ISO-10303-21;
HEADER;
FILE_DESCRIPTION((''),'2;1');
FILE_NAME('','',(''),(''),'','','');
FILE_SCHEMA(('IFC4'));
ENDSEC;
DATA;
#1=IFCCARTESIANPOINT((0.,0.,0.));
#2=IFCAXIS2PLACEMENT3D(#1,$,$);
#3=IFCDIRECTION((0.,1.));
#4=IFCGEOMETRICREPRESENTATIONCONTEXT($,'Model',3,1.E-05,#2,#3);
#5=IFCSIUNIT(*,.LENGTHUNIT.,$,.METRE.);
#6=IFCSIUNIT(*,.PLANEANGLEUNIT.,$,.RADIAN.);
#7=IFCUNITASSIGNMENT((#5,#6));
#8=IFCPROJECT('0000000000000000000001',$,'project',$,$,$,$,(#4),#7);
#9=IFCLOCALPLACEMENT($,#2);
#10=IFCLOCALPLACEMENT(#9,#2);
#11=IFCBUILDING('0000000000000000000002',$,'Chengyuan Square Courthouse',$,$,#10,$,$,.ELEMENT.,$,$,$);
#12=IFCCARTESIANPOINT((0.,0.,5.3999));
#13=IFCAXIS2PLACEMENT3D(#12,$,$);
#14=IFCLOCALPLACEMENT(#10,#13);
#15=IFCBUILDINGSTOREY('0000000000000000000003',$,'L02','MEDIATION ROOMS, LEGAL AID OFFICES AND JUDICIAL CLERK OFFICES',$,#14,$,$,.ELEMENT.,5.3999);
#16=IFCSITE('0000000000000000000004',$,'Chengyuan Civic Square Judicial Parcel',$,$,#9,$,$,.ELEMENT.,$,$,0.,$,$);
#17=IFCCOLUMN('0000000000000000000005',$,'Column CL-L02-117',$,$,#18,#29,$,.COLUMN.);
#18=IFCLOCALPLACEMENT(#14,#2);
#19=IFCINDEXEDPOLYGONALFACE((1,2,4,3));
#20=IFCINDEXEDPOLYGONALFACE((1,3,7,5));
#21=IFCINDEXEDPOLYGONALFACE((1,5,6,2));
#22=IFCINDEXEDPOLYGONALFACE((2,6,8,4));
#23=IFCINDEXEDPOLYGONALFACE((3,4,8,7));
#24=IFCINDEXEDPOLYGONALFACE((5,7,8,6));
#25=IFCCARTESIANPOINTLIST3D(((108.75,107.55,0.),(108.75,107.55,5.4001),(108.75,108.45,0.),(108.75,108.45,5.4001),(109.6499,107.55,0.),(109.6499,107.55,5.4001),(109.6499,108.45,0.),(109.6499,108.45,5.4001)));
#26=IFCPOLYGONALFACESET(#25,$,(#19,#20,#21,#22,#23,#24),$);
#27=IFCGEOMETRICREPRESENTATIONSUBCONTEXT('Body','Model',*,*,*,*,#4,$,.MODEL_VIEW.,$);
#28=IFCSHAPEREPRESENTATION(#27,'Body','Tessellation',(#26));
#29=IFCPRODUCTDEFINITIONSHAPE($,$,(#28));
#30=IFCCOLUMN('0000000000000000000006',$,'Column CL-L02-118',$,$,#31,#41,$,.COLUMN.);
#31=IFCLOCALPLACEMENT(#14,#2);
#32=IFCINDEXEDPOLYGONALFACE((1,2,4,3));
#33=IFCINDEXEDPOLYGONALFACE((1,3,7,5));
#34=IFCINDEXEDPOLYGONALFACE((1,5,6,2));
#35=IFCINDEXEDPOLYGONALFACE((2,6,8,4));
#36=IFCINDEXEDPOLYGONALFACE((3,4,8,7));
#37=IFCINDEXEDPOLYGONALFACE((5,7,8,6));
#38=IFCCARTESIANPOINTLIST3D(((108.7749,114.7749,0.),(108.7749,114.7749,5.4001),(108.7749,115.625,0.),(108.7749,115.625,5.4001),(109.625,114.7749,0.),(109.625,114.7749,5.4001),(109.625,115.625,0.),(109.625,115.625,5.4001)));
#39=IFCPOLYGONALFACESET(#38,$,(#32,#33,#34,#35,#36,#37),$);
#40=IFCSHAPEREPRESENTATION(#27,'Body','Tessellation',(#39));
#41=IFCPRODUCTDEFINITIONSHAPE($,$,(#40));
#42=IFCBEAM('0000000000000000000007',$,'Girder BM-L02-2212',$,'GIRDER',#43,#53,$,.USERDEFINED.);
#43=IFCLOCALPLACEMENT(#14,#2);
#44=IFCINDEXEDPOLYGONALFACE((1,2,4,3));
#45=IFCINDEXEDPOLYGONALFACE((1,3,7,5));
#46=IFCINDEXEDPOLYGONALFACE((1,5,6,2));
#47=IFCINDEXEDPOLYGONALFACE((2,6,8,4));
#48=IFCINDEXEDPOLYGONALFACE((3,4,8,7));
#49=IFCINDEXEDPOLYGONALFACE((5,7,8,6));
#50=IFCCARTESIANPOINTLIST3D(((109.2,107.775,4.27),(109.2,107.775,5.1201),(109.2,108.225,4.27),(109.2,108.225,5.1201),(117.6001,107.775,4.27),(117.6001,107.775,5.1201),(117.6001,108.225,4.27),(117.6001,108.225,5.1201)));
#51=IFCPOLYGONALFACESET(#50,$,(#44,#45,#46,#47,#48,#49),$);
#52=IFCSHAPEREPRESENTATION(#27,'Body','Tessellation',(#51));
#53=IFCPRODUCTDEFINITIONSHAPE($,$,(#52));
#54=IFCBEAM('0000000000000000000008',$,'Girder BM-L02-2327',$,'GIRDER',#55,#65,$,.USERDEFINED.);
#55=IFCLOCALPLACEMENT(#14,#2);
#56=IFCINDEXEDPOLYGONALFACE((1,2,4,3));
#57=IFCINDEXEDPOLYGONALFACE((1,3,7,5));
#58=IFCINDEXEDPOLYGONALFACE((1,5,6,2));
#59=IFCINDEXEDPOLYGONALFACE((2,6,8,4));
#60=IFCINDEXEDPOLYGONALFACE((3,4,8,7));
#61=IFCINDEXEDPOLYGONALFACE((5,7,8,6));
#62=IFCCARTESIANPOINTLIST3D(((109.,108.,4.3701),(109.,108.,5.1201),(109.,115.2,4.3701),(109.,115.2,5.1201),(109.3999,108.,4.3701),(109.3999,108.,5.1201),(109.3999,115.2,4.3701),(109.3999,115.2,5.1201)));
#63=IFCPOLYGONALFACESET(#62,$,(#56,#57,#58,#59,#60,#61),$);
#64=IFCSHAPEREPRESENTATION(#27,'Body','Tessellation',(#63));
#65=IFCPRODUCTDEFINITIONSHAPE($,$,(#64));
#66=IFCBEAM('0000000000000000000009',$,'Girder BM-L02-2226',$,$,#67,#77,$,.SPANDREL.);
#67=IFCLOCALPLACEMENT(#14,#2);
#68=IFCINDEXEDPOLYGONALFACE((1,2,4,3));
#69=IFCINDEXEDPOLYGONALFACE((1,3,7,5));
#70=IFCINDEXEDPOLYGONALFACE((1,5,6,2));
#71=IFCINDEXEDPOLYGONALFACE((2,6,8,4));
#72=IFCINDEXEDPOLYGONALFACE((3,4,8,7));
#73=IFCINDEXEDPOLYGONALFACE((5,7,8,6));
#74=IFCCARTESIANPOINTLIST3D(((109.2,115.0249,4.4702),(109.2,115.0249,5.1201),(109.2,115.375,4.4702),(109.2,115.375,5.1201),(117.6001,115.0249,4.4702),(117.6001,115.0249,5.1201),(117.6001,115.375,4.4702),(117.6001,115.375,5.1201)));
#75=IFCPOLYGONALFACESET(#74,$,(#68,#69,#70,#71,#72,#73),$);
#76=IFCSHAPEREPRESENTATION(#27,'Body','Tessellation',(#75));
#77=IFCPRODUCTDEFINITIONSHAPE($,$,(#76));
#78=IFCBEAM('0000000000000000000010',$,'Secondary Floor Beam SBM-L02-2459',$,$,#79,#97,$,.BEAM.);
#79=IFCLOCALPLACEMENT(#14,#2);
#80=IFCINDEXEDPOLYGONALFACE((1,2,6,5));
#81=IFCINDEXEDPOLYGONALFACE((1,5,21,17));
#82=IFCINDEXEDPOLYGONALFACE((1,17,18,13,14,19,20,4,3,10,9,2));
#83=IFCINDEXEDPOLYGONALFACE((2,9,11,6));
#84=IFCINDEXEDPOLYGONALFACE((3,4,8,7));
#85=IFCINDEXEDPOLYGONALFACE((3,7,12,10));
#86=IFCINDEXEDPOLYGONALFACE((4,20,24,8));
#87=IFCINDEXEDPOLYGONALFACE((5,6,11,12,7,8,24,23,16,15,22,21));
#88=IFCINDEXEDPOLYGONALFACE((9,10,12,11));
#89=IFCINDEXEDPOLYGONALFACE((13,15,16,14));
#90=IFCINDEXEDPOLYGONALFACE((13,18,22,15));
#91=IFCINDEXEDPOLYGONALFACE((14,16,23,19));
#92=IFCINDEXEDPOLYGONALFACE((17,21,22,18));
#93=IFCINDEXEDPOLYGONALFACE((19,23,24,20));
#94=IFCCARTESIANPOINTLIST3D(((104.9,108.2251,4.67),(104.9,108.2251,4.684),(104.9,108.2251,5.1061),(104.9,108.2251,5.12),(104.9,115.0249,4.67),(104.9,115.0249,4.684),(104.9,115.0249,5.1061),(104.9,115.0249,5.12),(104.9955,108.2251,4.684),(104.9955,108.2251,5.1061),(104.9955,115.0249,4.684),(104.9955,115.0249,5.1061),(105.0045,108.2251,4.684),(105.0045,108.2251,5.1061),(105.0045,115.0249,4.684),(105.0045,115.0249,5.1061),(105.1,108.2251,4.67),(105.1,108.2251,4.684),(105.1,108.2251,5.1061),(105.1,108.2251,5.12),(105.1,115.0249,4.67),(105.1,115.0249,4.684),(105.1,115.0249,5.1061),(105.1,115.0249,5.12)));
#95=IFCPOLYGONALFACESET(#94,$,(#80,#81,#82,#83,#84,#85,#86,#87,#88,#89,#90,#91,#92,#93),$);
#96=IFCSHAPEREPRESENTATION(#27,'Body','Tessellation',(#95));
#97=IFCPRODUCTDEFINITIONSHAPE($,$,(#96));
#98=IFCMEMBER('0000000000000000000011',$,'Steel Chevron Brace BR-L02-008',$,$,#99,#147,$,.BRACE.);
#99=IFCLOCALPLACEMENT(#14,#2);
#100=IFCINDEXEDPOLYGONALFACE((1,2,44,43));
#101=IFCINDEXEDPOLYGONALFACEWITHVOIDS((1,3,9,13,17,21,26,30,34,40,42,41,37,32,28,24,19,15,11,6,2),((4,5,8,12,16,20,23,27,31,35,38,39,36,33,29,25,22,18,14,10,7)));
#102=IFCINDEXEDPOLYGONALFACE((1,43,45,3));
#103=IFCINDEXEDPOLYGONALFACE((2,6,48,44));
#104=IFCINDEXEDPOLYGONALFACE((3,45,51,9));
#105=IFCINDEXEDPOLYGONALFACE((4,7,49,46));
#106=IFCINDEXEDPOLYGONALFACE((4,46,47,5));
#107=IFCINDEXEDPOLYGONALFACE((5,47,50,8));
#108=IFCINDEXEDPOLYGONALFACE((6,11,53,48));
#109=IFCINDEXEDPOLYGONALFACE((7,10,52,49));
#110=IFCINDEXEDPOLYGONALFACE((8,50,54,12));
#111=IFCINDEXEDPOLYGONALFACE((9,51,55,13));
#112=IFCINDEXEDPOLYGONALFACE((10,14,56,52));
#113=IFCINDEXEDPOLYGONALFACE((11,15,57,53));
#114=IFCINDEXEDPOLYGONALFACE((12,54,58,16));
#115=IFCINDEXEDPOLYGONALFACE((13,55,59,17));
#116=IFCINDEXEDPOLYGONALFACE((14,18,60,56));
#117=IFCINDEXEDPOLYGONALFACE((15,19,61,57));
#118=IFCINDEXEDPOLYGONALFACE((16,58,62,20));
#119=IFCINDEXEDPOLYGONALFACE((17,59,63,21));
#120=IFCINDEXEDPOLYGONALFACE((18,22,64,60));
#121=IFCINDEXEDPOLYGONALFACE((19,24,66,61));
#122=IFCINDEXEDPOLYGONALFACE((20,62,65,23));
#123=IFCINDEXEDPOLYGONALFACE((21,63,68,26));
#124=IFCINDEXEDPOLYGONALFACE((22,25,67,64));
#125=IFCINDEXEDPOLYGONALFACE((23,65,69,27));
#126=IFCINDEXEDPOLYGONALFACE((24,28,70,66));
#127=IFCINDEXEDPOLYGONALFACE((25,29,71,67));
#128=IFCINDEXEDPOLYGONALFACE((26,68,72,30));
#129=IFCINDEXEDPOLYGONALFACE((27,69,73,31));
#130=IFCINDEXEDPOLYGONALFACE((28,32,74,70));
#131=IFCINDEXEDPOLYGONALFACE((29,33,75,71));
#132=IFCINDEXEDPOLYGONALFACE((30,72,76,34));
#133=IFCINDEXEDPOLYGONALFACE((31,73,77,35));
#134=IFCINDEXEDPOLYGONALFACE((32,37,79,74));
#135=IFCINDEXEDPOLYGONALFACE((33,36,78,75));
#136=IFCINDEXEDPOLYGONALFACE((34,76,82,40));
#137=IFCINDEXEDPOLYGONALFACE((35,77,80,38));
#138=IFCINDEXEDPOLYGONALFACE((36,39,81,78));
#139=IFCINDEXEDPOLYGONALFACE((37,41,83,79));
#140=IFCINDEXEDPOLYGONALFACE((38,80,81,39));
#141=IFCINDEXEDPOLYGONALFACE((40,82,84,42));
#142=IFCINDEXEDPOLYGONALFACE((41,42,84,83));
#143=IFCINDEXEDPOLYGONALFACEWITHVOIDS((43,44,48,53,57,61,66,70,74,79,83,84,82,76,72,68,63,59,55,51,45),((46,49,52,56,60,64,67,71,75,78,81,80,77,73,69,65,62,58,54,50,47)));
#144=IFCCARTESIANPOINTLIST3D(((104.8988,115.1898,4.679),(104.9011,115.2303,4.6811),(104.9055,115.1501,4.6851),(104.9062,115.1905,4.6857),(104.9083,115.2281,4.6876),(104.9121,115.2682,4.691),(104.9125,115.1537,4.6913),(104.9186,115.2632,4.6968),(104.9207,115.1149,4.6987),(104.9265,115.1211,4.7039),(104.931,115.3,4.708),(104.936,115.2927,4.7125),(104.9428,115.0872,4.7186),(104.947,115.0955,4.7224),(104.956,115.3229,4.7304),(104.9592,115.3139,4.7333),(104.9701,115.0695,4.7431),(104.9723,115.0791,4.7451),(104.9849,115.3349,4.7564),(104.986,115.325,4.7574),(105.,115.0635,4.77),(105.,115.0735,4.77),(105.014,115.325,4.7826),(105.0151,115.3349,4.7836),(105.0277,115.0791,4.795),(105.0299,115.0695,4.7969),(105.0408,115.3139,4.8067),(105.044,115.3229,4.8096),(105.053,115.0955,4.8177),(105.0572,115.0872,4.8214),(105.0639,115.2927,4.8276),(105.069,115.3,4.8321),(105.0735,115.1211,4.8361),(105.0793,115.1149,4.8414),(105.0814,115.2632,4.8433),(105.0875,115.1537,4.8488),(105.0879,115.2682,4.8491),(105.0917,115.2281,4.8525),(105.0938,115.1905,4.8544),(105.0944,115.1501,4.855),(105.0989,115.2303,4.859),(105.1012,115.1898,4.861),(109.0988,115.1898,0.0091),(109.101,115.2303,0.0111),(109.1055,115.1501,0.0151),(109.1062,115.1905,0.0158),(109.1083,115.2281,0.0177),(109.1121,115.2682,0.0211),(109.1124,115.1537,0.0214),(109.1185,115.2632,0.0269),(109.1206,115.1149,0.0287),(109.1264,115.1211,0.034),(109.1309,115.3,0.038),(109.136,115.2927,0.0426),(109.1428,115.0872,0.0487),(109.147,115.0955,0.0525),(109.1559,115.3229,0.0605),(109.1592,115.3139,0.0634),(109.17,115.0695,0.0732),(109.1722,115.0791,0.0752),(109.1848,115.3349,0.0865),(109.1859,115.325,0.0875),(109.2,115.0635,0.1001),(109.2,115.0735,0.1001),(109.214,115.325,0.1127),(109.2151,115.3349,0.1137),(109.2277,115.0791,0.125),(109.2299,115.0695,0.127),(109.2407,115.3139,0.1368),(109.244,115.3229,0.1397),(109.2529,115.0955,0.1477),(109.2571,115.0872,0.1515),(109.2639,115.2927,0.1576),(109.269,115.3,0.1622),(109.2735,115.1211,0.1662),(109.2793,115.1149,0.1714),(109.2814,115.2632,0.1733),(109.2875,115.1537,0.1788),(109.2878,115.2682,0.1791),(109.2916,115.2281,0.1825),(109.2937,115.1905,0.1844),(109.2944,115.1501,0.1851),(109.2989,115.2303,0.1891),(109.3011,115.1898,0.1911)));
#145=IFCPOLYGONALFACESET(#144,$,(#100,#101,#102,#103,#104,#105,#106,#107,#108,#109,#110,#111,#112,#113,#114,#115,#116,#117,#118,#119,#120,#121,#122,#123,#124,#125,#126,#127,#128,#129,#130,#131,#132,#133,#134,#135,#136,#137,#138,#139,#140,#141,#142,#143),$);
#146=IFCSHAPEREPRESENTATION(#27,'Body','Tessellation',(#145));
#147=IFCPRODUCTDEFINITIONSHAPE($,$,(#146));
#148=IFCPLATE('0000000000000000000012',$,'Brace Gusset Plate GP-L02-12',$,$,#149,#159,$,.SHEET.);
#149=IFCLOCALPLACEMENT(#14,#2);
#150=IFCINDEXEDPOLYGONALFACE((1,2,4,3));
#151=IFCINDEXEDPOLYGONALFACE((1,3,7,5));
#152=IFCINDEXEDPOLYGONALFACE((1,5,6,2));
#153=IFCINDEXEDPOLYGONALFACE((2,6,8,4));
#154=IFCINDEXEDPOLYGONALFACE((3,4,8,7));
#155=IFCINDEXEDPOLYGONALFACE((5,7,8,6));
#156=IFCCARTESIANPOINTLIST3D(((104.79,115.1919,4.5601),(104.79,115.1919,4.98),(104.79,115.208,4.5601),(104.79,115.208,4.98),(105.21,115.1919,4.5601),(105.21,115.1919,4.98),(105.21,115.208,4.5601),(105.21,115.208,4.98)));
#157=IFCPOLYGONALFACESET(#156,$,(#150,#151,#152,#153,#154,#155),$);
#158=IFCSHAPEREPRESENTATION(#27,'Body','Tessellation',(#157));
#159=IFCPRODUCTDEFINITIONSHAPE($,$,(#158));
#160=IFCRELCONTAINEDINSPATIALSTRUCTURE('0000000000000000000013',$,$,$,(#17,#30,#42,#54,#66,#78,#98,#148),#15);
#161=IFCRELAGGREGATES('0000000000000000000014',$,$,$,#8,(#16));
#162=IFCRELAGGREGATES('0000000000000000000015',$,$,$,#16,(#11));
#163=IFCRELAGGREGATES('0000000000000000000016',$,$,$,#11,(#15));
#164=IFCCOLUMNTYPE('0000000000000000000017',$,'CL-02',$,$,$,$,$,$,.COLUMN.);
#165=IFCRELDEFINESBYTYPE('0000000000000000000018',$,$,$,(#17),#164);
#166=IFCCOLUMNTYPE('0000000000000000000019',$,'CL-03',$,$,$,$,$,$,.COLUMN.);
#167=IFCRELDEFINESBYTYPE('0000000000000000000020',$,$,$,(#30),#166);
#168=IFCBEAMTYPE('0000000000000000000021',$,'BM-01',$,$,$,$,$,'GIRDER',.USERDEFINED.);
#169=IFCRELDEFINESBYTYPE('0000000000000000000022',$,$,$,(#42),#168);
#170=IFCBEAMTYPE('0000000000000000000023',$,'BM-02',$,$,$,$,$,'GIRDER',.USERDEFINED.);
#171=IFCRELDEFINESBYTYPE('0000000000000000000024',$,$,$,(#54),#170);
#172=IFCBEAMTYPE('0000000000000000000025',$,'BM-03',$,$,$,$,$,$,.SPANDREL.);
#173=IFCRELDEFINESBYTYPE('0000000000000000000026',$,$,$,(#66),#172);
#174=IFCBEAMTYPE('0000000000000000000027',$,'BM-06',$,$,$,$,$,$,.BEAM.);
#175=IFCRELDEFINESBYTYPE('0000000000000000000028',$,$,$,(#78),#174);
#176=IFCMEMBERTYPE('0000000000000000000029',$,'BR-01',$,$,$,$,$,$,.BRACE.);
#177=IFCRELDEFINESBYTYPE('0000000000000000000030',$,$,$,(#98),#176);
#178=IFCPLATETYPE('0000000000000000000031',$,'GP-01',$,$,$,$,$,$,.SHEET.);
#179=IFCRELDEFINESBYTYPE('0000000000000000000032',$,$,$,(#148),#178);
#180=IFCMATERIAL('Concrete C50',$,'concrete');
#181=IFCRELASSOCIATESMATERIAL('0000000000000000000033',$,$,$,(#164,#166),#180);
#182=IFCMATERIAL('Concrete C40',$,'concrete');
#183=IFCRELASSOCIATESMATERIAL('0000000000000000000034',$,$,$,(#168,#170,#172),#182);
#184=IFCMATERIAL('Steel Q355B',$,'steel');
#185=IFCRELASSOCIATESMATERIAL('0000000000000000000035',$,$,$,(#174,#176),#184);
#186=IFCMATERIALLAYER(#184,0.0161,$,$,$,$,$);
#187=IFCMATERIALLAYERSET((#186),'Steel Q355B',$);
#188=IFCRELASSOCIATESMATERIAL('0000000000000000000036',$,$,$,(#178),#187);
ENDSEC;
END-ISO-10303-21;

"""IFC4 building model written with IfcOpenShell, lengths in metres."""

from ifc_helpers import new_model, si_unit, direction, frame, origin, origin_2d, place, context, subcontext, project, spatial, rectangle, hollow_circle, i_section, extrude, material, layer, layer_set, material_profile, profile_set, type_object, element, save


model = new_model("IFC4")

# Units and contexts
model_context = context("Model", 3, precision=1e-05, world=origin(), true_north=direction((0.0, 1.0)))
body_context = subcontext(model_context, "Body", "Model", "MODEL_VIEW")
ifc_project = project(units=[si_unit("LENGTHUNIT", "METRE"), si_unit("PLANEANGLEUNIT", "RADIAN")], contexts=[model_context])

# Site, building, storey
site_placement = place(None, origin())
site = spatial("IfcSite", under=ifc_project, at=site_placement, Name="Chengyuan Civic Square Judicial Parcel", CompositionType="ELEMENT", RefElevation=0.0)
building_placement = place(site_placement, origin())
building = spatial("IfcBuilding", under=site, at=building_placement, Name="Chengyuan Square Courthouse", CompositionType="ELEMENT")
storey_placement = place(building_placement, frame((0.0, 0.0, 5.3999)))
storey = spatial("IfcBuildingStorey", under=building, at=storey_placement, Name="L02", Description="MEDIATION ROOMS, LEGAL AID OFFICES AND JUDICIAL CLERK OFFICES", CompositionType="ELEMENT", Elevation=5.3999)

# Columns
ifc_material_1 = material(Name="Concrete C50", Category="concrete")
ifc_material_profile_1 = material_profile(ifc_material_1, rectangle(XDim=0.8999, YDim=0.8999, at=origin_2d()), Name="RC-COL-900x900")
ifc_profile_set_1 = profile_set([ifc_material_profile_1], Name="Concrete C50")
column_type_1 = type_object("IfcColumnType", Name="CL-02", PredefinedType="COLUMN", material=ifc_profile_set_1)
column_1_placement = place(storey_placement, frame((109.2, 108.0, 0.0), z_axis=(0.0, 0.0, 1.0), x_axis=(1.0, 0.0, 0.0)))
element("IfcColumn", 1, at=column_1_placement, inside=storey, type_object=column_type_1, Name="Column CL-L02-117", PredefinedType="COLUMN", context=body_context, shape_type="SweptSolid", body=[
    extrude(rectangle(XDim=0.8999, YDim=0.8999, at=origin_2d()), origin(), (0.0, 0.0, 1.0), 5.4001),
])
ifc_material_profile_2 = material_profile(ifc_material_1, rectangle(XDim=0.8501, YDim=0.8501, at=origin_2d()), Name="RC-COL-850x850")
ifc_profile_set_2 = profile_set([ifc_material_profile_2], Name="Concrete C50")
column_type_2 = type_object("IfcColumnType", Name="CL-03", PredefinedType="COLUMN", material=ifc_profile_set_2)
column_2_placement = place(storey_placement, frame((109.2, 115.2, 0.0), z_axis=(0.0, 0.0, 1.0), x_axis=(1.0, 0.0, 0.0)))
element("IfcColumn", 2, at=column_2_placement, inside=storey, type_object=column_type_2, Name="Column CL-L02-118", PredefinedType="COLUMN", context=body_context, shape_type="SweptSolid", body=[
    extrude(rectangle(XDim=0.8501, YDim=0.8501, at=origin_2d()), origin(), (0.0, 0.0, 1.0), 5.4001),
])

# Beams
ifc_material_2 = material(Name="Concrete C40", Category="concrete")
ifc_material_profile_3 = material_profile(ifc_material_2, rectangle(XDim=0.45, YDim=0.8501, at=origin_2d()), Name="RC-BM-450x850")
ifc_profile_set_3 = profile_set([ifc_material_profile_3], Name="Concrete C40")
beam_type_1 = type_object("IfcBeamType", Name="BM-01", ElementType="GIRDER", PredefinedType="USERDEFINED", material=ifc_profile_set_3)
beam_1_placement = place(storey_placement, frame((109.2, 108.0, 4.6951), z_axis=(1.0, 0.0, 0.0), x_axis=(0.0, 1.0, 0.0)))
element("IfcBeam", 3, at=beam_1_placement, inside=storey, type_object=beam_type_1, Name="Girder BM-L02-2212", ObjectType="GIRDER", PredefinedType="USERDEFINED", context=body_context, shape_type="SweptSolid", body=[
    extrude(rectangle(XDim=0.45, YDim=0.8501, at=origin_2d()), origin(), (0.0, 0.0, 1.0), 8.4001),
])
ifc_material_profile_4 = material_profile(ifc_material_2, rectangle(XDim=0.3999, YDim=0.75, at=origin_2d()), Name="RC-BM-400x750")
ifc_profile_set_4 = profile_set([ifc_material_profile_4], Name="Concrete C40")
beam_type_2 = type_object("IfcBeamType", Name="BM-02", ElementType="GIRDER", PredefinedType="USERDEFINED", material=ifc_profile_set_4)
beam_2_placement = place(storey_placement, frame((109.2, 108.0, 4.7451), z_axis=(0.0, 1.0, 0.0), x_axis=(-1.0, 0.0, 0.0)))
element("IfcBeam", 4, at=beam_2_placement, inside=storey, type_object=beam_type_2, Name="Girder BM-L02-2327", ObjectType="GIRDER", PredefinedType="USERDEFINED", context=body_context, shape_type="SweptSolid", body=[
    extrude(rectangle(XDim=0.3999, YDim=0.75, at=origin_2d()), origin(), (0.0, 0.0, 1.0), 7.2),
])
ifc_material_profile_5 = material_profile(ifc_material_2, rectangle(XDim=0.3501, YDim=0.6499, at=origin_2d()), Name="RC-BM-350x650")
ifc_profile_set_5 = profile_set([ifc_material_profile_5], Name="Concrete C40")
beam_type_3 = type_object("IfcBeamType", Name="BM-03", PredefinedType="SPANDREL", material=ifc_profile_set_5)
beam_3_placement = place(storey_placement, frame((109.2, 115.2, 4.7952), z_axis=(1.0, 0.0, 0.0), x_axis=(0.0, 1.0, 0.0)))
element("IfcBeam", 5, at=beam_3_placement, inside=storey, type_object=beam_type_3, Name="Girder BM-L02-2226", PredefinedType="SPANDREL", context=body_context, shape_type="SweptSolid", body=[
    extrude(rectangle(XDim=0.3501, YDim=0.6499, at=origin_2d()), origin(), (0.0, 0.0, 1.0), 8.4001),
])
ifc_material_3 = material(Name="Steel Q355B", Category="steel")
ifc_material_profile_6 = material_profile(ifc_material_3, i_section(OverallWidth=0.2, OverallDepth=0.45, WebThickness=0.009, FlangeThickness=0.0139, at=origin_2d()), Name="HN 450x200x9x14")
ifc_profile_set_6 = profile_set([ifc_material_profile_6], Name="Steel Q355B")
beam_type_4 = type_object("IfcBeamType", Name="BM-06", PredefinedType="BEAM", material=ifc_profile_set_6)
beam_4_placement = place(storey_placement, frame((105.0, 108.2251, 4.895), z_axis=(0.0, 1.0, 0.0), x_axis=(-1.0, 0.0, 0.0)))
element("IfcBeam", 6, at=beam_4_placement, inside=storey, type_object=beam_type_4, Name="Secondary Floor Beam SBM-L02-2459", PredefinedType="BEAM", context=body_context, shape_type="SweptSolid", body=[
    extrude(i_section(OverallWidth=0.2, OverallDepth=0.45, WebThickness=0.009, FlangeThickness=0.0139, at=origin_2d()), origin(), (0.0, 0.0, 1.0), 6.7998),
])

# Member
ifc_material_profile_7 = material_profile(ifc_material_3, hollow_circle(Radius=0.1365, WallThickness=0.01, at=origin_2d()), Name="CHS 273x10")
ifc_profile_set_7 = profile_set([ifc_material_profile_7], Name="Steel Q355B")
member_type = type_object("IfcMemberType", Name="BR-01", PredefinedType="BRACE", material=ifc_profile_set_7)
member_placement = place(storey_placement, frame((109.2, 115.2, 0.1001), z_axis=(-0.668703, 0.0, 0.74353), x_axis=(0.0, -1.0, 0.0)))
element("IfcMember", 7, at=member_placement, inside=storey, type_object=member_type, Name="Steel Chevron Brace BR-L02-008", PredefinedType="BRACE", context=body_context, shape_type="SweptSolid", body=[
    extrude(hollow_circle(Radius=0.1365, WallThickness=0.01, at=origin_2d()), origin(), (0.0, 0.0, 1.0), 6.2808),
])

# Plate
ifc_layer_1 = layer(ifc_material_3, 0.0161)
ifc_layer_set_1 = layer_set([ifc_layer_1], Name="Steel Q355B")
plate_type = type_object("IfcPlateType", Name="GP-01", PredefinedType="SHEET", material=ifc_layer_set_1)
plate_placement = place(storey_placement, frame((105.0, 115.2, 4.5601), z_axis=(0.0, 0.0, 1.0), x_axis=(1.0, 0.0, 0.0)))
element("IfcPlate", 8, at=plate_placement, inside=storey, type_object=plate_type, Name="Brace Gusset Plate GP-L02-12", PredefinedType="SHEET", context=body_context, shape_type="SweptSolid", body=[
    extrude(rectangle(XDim=0.4199, YDim=0.0161, at=origin_2d()), origin(), (0.0, 0.0, 1.0), 0.4199),
])

save(model, "model.ifc")
